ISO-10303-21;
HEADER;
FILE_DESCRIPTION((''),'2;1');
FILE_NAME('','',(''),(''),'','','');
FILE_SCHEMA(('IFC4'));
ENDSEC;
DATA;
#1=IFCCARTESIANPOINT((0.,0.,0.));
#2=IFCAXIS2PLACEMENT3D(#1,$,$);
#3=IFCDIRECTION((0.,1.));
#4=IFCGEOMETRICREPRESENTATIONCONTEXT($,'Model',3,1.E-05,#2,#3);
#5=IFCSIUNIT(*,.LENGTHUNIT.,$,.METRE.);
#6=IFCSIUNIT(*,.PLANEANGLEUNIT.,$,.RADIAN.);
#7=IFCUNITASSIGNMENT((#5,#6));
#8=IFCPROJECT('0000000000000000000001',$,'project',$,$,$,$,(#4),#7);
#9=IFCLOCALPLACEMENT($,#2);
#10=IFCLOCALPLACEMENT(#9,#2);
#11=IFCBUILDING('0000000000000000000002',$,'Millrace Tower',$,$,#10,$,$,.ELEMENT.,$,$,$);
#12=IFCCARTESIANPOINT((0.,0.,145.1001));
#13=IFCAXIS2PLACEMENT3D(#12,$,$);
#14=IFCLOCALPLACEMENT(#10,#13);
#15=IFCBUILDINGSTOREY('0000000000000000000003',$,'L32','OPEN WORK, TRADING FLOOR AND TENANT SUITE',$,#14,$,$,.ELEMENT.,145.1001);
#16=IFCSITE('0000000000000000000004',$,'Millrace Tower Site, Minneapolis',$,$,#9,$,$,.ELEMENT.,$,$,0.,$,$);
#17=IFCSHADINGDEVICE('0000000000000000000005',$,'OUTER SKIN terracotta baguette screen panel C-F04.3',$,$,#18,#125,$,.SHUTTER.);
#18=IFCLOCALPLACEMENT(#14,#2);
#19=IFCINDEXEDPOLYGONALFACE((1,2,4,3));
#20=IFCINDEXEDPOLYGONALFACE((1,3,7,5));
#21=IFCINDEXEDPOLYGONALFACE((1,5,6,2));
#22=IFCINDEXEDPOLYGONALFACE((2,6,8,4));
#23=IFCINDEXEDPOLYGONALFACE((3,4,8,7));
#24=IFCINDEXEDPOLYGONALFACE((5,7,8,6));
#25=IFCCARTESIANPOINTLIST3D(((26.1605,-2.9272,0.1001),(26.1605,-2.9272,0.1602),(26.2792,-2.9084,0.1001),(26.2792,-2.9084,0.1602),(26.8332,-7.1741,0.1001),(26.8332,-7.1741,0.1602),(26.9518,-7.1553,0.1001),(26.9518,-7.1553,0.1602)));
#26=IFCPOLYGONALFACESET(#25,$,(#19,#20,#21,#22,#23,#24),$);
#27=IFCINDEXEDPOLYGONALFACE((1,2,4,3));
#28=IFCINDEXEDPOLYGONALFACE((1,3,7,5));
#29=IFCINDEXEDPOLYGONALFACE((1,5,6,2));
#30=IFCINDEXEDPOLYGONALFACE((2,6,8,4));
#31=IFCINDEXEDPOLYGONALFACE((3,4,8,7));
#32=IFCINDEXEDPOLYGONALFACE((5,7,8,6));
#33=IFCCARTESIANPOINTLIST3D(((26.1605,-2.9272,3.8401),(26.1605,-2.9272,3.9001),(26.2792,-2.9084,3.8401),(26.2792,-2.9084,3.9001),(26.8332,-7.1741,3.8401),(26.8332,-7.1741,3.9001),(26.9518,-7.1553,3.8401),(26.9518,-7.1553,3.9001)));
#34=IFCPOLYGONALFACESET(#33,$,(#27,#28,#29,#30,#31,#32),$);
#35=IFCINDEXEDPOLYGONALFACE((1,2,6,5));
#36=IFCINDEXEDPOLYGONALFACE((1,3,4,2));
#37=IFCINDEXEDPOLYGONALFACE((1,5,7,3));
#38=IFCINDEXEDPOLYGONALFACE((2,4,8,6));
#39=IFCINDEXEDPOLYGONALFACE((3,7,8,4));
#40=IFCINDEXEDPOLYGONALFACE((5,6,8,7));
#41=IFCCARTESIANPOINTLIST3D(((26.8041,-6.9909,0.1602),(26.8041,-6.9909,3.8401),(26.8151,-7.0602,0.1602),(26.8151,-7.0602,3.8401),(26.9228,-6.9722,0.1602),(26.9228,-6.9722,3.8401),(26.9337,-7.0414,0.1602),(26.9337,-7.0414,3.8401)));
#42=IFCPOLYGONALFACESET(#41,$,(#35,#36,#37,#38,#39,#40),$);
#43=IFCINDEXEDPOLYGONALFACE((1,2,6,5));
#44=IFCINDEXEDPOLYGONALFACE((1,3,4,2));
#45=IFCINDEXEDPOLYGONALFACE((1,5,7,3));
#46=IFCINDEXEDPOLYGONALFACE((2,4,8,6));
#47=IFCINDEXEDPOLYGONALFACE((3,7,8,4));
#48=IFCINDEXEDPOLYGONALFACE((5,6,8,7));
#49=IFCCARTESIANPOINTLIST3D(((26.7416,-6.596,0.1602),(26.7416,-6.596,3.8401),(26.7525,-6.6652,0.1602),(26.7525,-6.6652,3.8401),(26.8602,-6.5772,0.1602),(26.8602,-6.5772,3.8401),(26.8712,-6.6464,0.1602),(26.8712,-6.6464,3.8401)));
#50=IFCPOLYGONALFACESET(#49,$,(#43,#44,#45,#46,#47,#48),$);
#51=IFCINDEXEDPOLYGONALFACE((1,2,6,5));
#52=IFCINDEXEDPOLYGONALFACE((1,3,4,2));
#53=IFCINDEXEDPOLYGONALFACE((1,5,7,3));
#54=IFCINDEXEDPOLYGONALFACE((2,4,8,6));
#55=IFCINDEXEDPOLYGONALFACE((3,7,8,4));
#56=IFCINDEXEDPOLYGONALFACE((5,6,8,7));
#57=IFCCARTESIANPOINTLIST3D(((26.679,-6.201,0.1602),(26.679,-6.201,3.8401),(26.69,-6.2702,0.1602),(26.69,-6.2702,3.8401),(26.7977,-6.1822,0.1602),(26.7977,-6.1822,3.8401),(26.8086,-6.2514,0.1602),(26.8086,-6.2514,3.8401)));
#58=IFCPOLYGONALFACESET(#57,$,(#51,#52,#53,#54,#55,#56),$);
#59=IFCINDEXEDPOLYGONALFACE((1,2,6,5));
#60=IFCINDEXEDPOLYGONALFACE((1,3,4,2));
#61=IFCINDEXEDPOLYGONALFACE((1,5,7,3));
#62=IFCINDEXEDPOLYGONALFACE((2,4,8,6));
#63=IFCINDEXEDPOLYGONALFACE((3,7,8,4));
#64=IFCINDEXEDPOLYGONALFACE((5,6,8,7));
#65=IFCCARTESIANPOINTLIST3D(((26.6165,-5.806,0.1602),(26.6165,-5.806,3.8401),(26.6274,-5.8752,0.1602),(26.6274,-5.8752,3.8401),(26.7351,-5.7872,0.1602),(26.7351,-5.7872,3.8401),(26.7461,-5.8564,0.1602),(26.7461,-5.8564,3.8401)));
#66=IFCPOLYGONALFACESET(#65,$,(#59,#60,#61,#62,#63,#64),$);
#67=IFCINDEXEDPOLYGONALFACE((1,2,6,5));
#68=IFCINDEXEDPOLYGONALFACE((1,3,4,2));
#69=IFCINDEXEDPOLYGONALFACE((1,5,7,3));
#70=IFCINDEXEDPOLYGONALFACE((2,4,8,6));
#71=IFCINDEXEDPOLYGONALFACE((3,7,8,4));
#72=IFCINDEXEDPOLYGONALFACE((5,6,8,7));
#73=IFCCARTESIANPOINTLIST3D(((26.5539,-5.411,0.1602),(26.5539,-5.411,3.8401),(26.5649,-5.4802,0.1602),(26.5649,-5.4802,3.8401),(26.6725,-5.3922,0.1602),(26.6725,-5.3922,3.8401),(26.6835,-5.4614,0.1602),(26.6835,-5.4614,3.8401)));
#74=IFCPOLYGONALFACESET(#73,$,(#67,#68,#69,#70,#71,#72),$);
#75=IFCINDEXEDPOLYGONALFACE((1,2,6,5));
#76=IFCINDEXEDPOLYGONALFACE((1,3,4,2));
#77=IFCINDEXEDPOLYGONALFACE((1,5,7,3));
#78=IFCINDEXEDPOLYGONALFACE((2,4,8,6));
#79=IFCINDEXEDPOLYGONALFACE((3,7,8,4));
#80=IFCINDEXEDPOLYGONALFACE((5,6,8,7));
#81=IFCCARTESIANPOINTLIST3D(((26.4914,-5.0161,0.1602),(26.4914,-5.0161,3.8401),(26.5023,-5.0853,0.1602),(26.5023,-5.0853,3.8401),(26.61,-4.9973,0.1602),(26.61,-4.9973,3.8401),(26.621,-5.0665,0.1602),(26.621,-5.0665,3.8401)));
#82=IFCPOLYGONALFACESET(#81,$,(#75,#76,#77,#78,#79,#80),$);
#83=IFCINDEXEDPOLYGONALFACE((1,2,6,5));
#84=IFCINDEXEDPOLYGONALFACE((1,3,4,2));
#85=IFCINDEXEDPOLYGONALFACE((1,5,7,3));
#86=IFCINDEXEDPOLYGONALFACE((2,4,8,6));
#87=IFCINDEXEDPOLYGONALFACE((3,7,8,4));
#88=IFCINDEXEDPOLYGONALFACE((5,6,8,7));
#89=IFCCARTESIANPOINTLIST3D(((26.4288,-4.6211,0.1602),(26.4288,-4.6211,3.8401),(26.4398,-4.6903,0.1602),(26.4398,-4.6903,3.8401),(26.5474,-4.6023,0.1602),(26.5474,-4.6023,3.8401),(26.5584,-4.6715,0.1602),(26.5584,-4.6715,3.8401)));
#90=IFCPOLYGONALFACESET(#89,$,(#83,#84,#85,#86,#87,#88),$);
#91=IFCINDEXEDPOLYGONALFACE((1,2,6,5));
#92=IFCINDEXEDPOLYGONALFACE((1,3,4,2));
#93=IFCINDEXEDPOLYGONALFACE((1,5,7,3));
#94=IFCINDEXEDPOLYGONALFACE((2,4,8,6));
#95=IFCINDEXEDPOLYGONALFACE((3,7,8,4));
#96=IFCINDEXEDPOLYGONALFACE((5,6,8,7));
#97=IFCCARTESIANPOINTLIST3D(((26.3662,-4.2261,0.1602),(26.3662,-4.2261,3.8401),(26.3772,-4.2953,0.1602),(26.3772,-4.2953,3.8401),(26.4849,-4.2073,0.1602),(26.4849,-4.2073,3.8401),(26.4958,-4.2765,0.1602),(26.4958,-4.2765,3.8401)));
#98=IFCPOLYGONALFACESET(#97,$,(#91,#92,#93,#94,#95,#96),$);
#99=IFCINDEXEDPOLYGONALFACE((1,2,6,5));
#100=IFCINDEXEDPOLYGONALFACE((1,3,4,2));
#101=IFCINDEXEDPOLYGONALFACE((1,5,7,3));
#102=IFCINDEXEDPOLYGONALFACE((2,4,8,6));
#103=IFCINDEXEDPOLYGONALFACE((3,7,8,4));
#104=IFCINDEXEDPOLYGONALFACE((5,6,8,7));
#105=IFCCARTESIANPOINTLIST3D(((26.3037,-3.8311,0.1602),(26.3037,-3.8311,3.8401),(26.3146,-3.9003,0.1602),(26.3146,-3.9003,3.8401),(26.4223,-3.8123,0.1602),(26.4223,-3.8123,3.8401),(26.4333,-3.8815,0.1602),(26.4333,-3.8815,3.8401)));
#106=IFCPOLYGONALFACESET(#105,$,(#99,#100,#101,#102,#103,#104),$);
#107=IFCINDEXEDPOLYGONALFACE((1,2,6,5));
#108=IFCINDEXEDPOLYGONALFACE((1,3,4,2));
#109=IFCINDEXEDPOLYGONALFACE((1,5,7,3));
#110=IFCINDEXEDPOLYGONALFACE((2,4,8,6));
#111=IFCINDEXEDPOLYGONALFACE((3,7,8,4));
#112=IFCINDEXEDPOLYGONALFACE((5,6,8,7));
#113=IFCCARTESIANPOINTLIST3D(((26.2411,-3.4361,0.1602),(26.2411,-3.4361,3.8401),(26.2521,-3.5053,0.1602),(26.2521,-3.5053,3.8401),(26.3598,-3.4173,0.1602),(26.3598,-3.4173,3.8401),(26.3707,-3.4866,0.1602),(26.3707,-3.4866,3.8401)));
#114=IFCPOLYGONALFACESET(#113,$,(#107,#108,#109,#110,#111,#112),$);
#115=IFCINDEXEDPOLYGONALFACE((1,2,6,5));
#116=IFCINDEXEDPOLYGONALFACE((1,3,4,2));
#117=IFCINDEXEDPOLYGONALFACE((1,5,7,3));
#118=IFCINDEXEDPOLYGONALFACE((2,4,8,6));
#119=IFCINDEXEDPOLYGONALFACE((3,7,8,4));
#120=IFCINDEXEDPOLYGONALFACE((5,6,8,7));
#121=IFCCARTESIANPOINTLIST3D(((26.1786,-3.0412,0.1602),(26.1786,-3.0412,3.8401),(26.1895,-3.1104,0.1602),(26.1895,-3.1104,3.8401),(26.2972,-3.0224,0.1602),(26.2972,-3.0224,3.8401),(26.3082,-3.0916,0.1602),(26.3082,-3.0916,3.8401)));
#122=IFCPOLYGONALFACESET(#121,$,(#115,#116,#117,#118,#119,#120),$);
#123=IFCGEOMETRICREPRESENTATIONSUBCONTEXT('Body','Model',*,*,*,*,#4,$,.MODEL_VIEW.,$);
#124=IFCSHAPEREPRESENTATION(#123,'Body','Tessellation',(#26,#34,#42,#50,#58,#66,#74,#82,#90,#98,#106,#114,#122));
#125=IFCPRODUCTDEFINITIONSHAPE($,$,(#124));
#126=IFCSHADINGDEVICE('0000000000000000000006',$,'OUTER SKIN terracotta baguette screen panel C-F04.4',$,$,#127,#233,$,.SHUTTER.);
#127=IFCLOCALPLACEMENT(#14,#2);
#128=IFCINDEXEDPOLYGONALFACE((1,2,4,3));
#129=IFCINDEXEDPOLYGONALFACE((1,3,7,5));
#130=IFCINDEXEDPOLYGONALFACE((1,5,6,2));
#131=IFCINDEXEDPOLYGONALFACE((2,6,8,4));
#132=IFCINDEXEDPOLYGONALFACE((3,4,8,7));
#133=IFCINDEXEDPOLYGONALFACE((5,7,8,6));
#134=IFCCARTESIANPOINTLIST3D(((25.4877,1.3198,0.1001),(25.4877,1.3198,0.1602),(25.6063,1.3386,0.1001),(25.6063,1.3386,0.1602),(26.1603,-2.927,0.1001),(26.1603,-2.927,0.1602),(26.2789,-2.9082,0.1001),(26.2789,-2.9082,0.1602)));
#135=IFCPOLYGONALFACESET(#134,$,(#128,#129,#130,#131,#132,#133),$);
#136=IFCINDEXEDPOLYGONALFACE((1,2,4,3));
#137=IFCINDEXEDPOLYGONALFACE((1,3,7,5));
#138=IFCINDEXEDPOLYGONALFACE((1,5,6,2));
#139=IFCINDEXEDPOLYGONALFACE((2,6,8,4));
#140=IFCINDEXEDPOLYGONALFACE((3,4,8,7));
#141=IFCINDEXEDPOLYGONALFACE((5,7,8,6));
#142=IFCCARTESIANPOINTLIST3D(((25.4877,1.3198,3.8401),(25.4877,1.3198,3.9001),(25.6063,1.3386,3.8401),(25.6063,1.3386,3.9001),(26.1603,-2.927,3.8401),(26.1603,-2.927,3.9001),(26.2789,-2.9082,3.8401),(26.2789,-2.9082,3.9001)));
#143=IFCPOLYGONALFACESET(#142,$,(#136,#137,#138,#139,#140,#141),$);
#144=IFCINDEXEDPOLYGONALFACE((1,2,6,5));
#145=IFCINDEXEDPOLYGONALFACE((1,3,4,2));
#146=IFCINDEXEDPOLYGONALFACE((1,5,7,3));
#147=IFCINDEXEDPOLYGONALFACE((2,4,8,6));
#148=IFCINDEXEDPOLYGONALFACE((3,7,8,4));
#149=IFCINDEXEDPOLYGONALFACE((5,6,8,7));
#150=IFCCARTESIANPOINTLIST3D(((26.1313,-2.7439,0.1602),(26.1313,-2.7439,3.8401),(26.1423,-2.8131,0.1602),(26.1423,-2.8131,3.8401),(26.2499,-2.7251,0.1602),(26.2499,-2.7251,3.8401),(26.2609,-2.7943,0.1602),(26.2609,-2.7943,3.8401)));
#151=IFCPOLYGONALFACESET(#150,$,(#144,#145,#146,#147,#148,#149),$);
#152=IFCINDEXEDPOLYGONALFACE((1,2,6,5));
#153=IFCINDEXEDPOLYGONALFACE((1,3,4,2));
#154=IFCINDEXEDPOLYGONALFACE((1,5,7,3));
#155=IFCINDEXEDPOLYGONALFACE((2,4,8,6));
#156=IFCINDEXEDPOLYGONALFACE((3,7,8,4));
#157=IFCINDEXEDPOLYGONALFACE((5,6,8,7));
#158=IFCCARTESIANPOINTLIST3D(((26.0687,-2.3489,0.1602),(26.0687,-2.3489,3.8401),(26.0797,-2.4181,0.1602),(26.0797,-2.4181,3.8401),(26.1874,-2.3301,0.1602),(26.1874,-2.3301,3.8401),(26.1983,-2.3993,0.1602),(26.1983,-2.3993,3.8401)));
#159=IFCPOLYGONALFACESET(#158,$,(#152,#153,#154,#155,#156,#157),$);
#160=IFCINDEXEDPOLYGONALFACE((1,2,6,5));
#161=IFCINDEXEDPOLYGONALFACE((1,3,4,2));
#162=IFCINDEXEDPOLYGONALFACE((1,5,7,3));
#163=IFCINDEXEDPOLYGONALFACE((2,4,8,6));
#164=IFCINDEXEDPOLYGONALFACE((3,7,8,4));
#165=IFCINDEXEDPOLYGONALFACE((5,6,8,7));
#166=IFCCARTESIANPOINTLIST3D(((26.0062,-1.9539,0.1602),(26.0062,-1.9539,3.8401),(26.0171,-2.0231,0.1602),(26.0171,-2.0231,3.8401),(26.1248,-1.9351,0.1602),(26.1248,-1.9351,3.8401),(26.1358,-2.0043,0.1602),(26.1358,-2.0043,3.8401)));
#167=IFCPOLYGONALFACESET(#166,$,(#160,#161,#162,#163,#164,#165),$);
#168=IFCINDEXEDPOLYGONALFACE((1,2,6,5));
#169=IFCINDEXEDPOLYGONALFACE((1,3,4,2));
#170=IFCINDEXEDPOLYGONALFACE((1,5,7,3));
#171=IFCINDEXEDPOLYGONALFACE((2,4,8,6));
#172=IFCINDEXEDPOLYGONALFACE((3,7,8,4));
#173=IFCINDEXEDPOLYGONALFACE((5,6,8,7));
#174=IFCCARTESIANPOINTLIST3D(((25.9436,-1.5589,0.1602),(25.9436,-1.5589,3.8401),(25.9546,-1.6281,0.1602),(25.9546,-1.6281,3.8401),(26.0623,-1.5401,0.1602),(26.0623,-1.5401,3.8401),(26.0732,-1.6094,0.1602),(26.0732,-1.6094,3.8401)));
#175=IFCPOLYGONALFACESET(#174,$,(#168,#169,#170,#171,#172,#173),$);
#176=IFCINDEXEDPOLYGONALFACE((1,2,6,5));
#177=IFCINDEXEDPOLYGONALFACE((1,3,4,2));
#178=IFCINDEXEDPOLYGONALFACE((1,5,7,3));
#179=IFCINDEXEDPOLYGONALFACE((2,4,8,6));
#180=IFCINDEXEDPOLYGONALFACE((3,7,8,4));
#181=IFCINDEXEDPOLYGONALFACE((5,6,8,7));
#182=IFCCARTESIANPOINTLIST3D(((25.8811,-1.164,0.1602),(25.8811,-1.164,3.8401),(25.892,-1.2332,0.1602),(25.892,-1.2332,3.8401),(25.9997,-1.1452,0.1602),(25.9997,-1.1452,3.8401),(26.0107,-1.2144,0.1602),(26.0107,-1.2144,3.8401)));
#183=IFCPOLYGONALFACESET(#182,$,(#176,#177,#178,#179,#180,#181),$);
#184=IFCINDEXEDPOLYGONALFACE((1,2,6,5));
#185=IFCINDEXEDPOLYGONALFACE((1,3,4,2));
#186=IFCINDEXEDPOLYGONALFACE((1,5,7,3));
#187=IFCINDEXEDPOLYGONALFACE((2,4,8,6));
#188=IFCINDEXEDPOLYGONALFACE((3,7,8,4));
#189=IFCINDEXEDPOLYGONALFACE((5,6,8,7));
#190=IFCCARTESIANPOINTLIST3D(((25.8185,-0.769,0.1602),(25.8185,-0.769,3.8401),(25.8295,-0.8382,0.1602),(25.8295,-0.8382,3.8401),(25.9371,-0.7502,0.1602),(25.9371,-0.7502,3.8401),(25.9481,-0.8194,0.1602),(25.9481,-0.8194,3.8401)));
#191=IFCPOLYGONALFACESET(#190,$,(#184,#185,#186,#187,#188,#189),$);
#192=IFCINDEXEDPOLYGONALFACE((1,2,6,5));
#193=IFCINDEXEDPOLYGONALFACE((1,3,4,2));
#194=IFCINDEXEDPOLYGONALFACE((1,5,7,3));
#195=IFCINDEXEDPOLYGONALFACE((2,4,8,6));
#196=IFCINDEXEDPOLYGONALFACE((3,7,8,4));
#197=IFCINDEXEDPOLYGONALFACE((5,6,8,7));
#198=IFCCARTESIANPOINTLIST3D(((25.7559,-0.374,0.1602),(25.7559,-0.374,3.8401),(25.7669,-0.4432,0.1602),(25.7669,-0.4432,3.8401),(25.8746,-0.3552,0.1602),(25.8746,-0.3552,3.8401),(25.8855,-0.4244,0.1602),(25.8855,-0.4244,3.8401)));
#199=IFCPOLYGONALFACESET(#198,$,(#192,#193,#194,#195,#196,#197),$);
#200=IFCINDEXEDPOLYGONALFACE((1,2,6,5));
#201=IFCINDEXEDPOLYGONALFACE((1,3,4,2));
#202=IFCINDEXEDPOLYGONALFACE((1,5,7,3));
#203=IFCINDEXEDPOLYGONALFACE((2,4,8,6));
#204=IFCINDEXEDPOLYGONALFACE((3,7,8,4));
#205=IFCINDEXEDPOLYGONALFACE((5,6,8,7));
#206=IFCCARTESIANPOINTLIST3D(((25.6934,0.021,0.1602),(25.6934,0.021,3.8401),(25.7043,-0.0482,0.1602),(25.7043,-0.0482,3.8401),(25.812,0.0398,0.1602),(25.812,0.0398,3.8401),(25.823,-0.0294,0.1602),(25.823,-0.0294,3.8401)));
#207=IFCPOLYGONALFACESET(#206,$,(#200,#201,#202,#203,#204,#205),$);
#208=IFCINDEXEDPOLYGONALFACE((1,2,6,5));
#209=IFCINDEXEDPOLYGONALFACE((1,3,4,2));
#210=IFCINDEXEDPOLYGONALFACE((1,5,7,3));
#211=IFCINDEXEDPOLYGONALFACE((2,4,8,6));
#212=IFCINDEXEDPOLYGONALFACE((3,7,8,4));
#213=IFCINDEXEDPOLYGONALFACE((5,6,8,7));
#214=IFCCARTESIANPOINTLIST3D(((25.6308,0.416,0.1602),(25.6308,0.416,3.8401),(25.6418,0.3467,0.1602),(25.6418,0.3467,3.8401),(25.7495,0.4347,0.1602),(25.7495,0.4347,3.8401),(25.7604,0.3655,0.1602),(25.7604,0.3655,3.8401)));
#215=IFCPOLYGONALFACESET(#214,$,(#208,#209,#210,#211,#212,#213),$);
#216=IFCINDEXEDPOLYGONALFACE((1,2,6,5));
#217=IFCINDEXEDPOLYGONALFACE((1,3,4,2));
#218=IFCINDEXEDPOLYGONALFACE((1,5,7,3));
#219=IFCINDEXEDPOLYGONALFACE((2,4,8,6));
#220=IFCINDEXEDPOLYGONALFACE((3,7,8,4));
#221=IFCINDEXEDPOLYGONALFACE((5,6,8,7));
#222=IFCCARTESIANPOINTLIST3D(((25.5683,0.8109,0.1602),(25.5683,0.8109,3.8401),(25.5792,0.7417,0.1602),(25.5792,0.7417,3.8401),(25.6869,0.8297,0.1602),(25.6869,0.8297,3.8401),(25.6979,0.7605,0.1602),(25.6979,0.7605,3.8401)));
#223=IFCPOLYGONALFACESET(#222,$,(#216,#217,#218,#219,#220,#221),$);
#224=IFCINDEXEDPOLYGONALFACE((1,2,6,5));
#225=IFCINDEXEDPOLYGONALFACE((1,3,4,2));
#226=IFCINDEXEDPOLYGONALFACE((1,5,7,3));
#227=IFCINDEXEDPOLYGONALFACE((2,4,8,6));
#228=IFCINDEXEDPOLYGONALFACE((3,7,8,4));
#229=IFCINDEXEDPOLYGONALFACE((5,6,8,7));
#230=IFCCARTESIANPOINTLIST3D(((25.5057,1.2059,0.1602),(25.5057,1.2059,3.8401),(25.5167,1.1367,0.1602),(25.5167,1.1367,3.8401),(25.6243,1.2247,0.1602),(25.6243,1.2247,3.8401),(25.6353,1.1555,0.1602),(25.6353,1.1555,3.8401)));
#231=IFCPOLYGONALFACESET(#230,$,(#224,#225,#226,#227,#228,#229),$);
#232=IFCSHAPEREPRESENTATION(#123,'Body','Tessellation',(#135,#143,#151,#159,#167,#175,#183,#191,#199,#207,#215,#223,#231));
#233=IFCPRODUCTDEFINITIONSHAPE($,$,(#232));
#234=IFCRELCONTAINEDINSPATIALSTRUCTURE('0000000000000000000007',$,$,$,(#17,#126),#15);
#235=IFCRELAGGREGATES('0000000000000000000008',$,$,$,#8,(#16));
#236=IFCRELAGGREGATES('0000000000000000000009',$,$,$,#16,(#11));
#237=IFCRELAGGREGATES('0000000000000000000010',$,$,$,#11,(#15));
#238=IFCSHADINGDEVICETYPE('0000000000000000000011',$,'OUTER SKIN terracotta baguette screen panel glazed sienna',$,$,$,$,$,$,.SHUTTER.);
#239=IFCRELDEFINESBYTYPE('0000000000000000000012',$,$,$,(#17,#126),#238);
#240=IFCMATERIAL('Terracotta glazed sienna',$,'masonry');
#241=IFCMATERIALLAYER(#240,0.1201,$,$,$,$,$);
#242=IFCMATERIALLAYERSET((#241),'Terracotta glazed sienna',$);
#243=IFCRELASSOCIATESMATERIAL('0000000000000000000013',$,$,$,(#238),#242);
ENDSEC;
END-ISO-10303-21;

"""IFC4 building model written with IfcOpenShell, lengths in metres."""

from ifc_helpers import new_model, entity, si_unit, direction, frame, frame_2d, origin, origin_2d, place, context, subcontext, project, spatial, rectangle, extrude, source, transform, mapped, material, layer, layer_set, type_object, element, save


model = new_model("IFC4")

# Units and contexts
model_context = context("Model", 3, precision=1e-05, world=origin(), true_north=direction((0.0, 1.0)))
body_context = subcontext(model_context, "Body", "Model", "MODEL_VIEW")
ifc_project = project(units=[si_unit("LENGTHUNIT", "METRE"), si_unit("PLANEANGLEUNIT", "RADIAN")], contexts=[model_context])

# Site, building, storey
site_placement = place(None, origin())
site = spatial("IfcSite", under=ifc_project, at=site_placement, Name="Millrace Tower Site, Minneapolis", CompositionType="ELEMENT", RefElevation=0.0)
building_placement = place(site_placement, origin())
building = spatial("IfcBuilding", under=site, at=building_placement, Name="Millrace Tower", CompositionType="ELEMENT")
storey_placement = place(building_placement, frame((0.0, 0.0, 145.1001)))
storey = spatial("IfcBuildingStorey", under=building, at=storey_placement, Name="L32", Description="OPEN WORK, TRADING FLOOR AND TENANT SUITE", CompositionType="ELEMENT", Elevation=145.1001)

# Shading devices
ifc_material_1 = material(Name="Terracotta glazed sienna", Category="masonry")
ifc_layer_1 = layer(ifc_material_1, 0.1201)
ifc_layer_set_1 = layer_set([ifc_layer_1], Name="Terracotta glazed sienna")
shading_device_type = type_object("IfcShadingDeviceType", Name="OUTER SKIN terracotta baguette screen panel glazed sienna", PredefinedType="SHUTTER", material=ifc_layer_set_1)
cartesian_point = entity("IfcCartesianPoint", [-2.1499, 0.0601])
shared_polyline = entity("IfcPolyline", [cartesian_point, entity("IfcCartesianPoint", [2.1499, 0.0601]), entity("IfcCartesianPoint", [2.1499, -0.0601]), entity("IfcCartesianPoint", [-2.1499, -0.0601]), cartesian_point])
shared_shape = source(origin(), body_context, "Body", "SweptSolid", [
    entity("IfcExtrudedAreaSolid", entity("IfcArbitraryClosedProfileDef", "AREA", None, shared_polyline), entity("IfcAxis2Placement3D", entity("IfcCartesianPoint", [0.0, 0.0, 0.0])), entity("IfcDirection", [0.0, 0.0, 1.0]), 0.0601),
    entity("IfcExtrudedAreaSolid", entity("IfcArbitraryClosedProfileDef", "AREA", None, shared_polyline), entity("IfcAxis2Placement3D", entity("IfcCartesianPoint", [0.0, 0.0, 3.74])), entity("IfcDirection", [0.0, 0.0, 1.0]), 0.0601),
    extrude(rectangle(XDim=0.0701, YDim=0.1201, at=frame_2d((-1.9995, 0.0))), frame((0.0, 0.0, 0.0601)), (0.0, 0.0, 1.0), 3.6799),
    extrude(rectangle(XDim=0.0701, YDim=0.1201, at=frame_2d((-1.5996, 0.0))), frame((0.0, 0.0, 0.0601)), (0.0, 0.0, 1.0), 3.6799),
    extrude(rectangle(XDim=0.0701, YDim=0.1201, at=frame_2d((-1.1997, 0.0))), frame((0.0, 0.0, 0.0601)), (0.0, 0.0, 1.0), 3.6799),
    extrude(rectangle(XDim=0.0701, YDim=0.1201, at=frame_2d((-0.7998, 0.0))), frame((0.0, 0.0, 0.0601)), (0.0, 0.0, 1.0), 3.6799),
    extrude(rectangle(XDim=0.0701, YDim=0.1201, at=frame_2d((-0.3999, 0.0))), frame((0.0, 0.0, 0.0601)), (0.0, 0.0, 1.0), 3.6799),
    extrude(rectangle(XDim=0.0701, YDim=0.1201, at=origin_2d()), frame((0.0, 0.0, 0.0601)), (0.0, 0.0, 1.0), 3.6799),
    extrude(rectangle(XDim=0.0701, YDim=0.1201, at=frame_2d((0.3999, 0.0))), frame((0.0, 0.0, 0.0601)), (0.0, 0.0, 1.0), 3.6799),
    extrude(rectangle(XDim=0.0701, YDim=0.1201, at=frame_2d((0.7998, 0.0))), frame((0.0, 0.0, 0.0601)), (0.0, 0.0, 1.0), 3.6799),
    extrude(rectangle(XDim=0.0701, YDim=0.1201, at=frame_2d((1.1997, 0.0))), frame((0.0, 0.0, 0.0601)), (0.0, 0.0, 1.0), 3.6799),
    extrude(rectangle(XDim=0.0701, YDim=0.1201, at=frame_2d((1.5996, 0.0))), frame((0.0, 0.0, 0.0601)), (0.0, 0.0, 1.0), 3.6799),
    extrude(rectangle(XDim=0.0701, YDim=0.1201, at=frame_2d((1.9995, 0.0))), frame((0.0, 0.0, 0.0601)), (0.0, 0.0, 1.0), 3.6799),
])
for number, where, z_axis, x_axis, name in (
    (1, (26.5562, -5.0413, 0.1001), (0.0, 0.0, 1.0), (-0.156434, 0.987688, 0.0), "OUTER SKIN terracotta baguette screen panel C-F04.3"),
    (2, (25.8833, -0.7942, 0.1001), (0.0, 0.0, 1.0), (-0.156434, 0.987688, 0.0), "OUTER SKIN terracotta baguette screen panel C-F04.4"),
):
    element("IfcShadingDevice", number, at=place(storey_placement, frame(where, z_axis=z_axis, x_axis=x_axis)), inside=storey, type_object=shading_device_type, Name=name, PredefinedType="SHUTTER", context=body_context, shape_type="MappedRepresentation", body=[
        mapped(shared_shape, transform((0.0, 0.0, 0.0), scale=1.0)),
    ])

save(model, "model.ifc")
